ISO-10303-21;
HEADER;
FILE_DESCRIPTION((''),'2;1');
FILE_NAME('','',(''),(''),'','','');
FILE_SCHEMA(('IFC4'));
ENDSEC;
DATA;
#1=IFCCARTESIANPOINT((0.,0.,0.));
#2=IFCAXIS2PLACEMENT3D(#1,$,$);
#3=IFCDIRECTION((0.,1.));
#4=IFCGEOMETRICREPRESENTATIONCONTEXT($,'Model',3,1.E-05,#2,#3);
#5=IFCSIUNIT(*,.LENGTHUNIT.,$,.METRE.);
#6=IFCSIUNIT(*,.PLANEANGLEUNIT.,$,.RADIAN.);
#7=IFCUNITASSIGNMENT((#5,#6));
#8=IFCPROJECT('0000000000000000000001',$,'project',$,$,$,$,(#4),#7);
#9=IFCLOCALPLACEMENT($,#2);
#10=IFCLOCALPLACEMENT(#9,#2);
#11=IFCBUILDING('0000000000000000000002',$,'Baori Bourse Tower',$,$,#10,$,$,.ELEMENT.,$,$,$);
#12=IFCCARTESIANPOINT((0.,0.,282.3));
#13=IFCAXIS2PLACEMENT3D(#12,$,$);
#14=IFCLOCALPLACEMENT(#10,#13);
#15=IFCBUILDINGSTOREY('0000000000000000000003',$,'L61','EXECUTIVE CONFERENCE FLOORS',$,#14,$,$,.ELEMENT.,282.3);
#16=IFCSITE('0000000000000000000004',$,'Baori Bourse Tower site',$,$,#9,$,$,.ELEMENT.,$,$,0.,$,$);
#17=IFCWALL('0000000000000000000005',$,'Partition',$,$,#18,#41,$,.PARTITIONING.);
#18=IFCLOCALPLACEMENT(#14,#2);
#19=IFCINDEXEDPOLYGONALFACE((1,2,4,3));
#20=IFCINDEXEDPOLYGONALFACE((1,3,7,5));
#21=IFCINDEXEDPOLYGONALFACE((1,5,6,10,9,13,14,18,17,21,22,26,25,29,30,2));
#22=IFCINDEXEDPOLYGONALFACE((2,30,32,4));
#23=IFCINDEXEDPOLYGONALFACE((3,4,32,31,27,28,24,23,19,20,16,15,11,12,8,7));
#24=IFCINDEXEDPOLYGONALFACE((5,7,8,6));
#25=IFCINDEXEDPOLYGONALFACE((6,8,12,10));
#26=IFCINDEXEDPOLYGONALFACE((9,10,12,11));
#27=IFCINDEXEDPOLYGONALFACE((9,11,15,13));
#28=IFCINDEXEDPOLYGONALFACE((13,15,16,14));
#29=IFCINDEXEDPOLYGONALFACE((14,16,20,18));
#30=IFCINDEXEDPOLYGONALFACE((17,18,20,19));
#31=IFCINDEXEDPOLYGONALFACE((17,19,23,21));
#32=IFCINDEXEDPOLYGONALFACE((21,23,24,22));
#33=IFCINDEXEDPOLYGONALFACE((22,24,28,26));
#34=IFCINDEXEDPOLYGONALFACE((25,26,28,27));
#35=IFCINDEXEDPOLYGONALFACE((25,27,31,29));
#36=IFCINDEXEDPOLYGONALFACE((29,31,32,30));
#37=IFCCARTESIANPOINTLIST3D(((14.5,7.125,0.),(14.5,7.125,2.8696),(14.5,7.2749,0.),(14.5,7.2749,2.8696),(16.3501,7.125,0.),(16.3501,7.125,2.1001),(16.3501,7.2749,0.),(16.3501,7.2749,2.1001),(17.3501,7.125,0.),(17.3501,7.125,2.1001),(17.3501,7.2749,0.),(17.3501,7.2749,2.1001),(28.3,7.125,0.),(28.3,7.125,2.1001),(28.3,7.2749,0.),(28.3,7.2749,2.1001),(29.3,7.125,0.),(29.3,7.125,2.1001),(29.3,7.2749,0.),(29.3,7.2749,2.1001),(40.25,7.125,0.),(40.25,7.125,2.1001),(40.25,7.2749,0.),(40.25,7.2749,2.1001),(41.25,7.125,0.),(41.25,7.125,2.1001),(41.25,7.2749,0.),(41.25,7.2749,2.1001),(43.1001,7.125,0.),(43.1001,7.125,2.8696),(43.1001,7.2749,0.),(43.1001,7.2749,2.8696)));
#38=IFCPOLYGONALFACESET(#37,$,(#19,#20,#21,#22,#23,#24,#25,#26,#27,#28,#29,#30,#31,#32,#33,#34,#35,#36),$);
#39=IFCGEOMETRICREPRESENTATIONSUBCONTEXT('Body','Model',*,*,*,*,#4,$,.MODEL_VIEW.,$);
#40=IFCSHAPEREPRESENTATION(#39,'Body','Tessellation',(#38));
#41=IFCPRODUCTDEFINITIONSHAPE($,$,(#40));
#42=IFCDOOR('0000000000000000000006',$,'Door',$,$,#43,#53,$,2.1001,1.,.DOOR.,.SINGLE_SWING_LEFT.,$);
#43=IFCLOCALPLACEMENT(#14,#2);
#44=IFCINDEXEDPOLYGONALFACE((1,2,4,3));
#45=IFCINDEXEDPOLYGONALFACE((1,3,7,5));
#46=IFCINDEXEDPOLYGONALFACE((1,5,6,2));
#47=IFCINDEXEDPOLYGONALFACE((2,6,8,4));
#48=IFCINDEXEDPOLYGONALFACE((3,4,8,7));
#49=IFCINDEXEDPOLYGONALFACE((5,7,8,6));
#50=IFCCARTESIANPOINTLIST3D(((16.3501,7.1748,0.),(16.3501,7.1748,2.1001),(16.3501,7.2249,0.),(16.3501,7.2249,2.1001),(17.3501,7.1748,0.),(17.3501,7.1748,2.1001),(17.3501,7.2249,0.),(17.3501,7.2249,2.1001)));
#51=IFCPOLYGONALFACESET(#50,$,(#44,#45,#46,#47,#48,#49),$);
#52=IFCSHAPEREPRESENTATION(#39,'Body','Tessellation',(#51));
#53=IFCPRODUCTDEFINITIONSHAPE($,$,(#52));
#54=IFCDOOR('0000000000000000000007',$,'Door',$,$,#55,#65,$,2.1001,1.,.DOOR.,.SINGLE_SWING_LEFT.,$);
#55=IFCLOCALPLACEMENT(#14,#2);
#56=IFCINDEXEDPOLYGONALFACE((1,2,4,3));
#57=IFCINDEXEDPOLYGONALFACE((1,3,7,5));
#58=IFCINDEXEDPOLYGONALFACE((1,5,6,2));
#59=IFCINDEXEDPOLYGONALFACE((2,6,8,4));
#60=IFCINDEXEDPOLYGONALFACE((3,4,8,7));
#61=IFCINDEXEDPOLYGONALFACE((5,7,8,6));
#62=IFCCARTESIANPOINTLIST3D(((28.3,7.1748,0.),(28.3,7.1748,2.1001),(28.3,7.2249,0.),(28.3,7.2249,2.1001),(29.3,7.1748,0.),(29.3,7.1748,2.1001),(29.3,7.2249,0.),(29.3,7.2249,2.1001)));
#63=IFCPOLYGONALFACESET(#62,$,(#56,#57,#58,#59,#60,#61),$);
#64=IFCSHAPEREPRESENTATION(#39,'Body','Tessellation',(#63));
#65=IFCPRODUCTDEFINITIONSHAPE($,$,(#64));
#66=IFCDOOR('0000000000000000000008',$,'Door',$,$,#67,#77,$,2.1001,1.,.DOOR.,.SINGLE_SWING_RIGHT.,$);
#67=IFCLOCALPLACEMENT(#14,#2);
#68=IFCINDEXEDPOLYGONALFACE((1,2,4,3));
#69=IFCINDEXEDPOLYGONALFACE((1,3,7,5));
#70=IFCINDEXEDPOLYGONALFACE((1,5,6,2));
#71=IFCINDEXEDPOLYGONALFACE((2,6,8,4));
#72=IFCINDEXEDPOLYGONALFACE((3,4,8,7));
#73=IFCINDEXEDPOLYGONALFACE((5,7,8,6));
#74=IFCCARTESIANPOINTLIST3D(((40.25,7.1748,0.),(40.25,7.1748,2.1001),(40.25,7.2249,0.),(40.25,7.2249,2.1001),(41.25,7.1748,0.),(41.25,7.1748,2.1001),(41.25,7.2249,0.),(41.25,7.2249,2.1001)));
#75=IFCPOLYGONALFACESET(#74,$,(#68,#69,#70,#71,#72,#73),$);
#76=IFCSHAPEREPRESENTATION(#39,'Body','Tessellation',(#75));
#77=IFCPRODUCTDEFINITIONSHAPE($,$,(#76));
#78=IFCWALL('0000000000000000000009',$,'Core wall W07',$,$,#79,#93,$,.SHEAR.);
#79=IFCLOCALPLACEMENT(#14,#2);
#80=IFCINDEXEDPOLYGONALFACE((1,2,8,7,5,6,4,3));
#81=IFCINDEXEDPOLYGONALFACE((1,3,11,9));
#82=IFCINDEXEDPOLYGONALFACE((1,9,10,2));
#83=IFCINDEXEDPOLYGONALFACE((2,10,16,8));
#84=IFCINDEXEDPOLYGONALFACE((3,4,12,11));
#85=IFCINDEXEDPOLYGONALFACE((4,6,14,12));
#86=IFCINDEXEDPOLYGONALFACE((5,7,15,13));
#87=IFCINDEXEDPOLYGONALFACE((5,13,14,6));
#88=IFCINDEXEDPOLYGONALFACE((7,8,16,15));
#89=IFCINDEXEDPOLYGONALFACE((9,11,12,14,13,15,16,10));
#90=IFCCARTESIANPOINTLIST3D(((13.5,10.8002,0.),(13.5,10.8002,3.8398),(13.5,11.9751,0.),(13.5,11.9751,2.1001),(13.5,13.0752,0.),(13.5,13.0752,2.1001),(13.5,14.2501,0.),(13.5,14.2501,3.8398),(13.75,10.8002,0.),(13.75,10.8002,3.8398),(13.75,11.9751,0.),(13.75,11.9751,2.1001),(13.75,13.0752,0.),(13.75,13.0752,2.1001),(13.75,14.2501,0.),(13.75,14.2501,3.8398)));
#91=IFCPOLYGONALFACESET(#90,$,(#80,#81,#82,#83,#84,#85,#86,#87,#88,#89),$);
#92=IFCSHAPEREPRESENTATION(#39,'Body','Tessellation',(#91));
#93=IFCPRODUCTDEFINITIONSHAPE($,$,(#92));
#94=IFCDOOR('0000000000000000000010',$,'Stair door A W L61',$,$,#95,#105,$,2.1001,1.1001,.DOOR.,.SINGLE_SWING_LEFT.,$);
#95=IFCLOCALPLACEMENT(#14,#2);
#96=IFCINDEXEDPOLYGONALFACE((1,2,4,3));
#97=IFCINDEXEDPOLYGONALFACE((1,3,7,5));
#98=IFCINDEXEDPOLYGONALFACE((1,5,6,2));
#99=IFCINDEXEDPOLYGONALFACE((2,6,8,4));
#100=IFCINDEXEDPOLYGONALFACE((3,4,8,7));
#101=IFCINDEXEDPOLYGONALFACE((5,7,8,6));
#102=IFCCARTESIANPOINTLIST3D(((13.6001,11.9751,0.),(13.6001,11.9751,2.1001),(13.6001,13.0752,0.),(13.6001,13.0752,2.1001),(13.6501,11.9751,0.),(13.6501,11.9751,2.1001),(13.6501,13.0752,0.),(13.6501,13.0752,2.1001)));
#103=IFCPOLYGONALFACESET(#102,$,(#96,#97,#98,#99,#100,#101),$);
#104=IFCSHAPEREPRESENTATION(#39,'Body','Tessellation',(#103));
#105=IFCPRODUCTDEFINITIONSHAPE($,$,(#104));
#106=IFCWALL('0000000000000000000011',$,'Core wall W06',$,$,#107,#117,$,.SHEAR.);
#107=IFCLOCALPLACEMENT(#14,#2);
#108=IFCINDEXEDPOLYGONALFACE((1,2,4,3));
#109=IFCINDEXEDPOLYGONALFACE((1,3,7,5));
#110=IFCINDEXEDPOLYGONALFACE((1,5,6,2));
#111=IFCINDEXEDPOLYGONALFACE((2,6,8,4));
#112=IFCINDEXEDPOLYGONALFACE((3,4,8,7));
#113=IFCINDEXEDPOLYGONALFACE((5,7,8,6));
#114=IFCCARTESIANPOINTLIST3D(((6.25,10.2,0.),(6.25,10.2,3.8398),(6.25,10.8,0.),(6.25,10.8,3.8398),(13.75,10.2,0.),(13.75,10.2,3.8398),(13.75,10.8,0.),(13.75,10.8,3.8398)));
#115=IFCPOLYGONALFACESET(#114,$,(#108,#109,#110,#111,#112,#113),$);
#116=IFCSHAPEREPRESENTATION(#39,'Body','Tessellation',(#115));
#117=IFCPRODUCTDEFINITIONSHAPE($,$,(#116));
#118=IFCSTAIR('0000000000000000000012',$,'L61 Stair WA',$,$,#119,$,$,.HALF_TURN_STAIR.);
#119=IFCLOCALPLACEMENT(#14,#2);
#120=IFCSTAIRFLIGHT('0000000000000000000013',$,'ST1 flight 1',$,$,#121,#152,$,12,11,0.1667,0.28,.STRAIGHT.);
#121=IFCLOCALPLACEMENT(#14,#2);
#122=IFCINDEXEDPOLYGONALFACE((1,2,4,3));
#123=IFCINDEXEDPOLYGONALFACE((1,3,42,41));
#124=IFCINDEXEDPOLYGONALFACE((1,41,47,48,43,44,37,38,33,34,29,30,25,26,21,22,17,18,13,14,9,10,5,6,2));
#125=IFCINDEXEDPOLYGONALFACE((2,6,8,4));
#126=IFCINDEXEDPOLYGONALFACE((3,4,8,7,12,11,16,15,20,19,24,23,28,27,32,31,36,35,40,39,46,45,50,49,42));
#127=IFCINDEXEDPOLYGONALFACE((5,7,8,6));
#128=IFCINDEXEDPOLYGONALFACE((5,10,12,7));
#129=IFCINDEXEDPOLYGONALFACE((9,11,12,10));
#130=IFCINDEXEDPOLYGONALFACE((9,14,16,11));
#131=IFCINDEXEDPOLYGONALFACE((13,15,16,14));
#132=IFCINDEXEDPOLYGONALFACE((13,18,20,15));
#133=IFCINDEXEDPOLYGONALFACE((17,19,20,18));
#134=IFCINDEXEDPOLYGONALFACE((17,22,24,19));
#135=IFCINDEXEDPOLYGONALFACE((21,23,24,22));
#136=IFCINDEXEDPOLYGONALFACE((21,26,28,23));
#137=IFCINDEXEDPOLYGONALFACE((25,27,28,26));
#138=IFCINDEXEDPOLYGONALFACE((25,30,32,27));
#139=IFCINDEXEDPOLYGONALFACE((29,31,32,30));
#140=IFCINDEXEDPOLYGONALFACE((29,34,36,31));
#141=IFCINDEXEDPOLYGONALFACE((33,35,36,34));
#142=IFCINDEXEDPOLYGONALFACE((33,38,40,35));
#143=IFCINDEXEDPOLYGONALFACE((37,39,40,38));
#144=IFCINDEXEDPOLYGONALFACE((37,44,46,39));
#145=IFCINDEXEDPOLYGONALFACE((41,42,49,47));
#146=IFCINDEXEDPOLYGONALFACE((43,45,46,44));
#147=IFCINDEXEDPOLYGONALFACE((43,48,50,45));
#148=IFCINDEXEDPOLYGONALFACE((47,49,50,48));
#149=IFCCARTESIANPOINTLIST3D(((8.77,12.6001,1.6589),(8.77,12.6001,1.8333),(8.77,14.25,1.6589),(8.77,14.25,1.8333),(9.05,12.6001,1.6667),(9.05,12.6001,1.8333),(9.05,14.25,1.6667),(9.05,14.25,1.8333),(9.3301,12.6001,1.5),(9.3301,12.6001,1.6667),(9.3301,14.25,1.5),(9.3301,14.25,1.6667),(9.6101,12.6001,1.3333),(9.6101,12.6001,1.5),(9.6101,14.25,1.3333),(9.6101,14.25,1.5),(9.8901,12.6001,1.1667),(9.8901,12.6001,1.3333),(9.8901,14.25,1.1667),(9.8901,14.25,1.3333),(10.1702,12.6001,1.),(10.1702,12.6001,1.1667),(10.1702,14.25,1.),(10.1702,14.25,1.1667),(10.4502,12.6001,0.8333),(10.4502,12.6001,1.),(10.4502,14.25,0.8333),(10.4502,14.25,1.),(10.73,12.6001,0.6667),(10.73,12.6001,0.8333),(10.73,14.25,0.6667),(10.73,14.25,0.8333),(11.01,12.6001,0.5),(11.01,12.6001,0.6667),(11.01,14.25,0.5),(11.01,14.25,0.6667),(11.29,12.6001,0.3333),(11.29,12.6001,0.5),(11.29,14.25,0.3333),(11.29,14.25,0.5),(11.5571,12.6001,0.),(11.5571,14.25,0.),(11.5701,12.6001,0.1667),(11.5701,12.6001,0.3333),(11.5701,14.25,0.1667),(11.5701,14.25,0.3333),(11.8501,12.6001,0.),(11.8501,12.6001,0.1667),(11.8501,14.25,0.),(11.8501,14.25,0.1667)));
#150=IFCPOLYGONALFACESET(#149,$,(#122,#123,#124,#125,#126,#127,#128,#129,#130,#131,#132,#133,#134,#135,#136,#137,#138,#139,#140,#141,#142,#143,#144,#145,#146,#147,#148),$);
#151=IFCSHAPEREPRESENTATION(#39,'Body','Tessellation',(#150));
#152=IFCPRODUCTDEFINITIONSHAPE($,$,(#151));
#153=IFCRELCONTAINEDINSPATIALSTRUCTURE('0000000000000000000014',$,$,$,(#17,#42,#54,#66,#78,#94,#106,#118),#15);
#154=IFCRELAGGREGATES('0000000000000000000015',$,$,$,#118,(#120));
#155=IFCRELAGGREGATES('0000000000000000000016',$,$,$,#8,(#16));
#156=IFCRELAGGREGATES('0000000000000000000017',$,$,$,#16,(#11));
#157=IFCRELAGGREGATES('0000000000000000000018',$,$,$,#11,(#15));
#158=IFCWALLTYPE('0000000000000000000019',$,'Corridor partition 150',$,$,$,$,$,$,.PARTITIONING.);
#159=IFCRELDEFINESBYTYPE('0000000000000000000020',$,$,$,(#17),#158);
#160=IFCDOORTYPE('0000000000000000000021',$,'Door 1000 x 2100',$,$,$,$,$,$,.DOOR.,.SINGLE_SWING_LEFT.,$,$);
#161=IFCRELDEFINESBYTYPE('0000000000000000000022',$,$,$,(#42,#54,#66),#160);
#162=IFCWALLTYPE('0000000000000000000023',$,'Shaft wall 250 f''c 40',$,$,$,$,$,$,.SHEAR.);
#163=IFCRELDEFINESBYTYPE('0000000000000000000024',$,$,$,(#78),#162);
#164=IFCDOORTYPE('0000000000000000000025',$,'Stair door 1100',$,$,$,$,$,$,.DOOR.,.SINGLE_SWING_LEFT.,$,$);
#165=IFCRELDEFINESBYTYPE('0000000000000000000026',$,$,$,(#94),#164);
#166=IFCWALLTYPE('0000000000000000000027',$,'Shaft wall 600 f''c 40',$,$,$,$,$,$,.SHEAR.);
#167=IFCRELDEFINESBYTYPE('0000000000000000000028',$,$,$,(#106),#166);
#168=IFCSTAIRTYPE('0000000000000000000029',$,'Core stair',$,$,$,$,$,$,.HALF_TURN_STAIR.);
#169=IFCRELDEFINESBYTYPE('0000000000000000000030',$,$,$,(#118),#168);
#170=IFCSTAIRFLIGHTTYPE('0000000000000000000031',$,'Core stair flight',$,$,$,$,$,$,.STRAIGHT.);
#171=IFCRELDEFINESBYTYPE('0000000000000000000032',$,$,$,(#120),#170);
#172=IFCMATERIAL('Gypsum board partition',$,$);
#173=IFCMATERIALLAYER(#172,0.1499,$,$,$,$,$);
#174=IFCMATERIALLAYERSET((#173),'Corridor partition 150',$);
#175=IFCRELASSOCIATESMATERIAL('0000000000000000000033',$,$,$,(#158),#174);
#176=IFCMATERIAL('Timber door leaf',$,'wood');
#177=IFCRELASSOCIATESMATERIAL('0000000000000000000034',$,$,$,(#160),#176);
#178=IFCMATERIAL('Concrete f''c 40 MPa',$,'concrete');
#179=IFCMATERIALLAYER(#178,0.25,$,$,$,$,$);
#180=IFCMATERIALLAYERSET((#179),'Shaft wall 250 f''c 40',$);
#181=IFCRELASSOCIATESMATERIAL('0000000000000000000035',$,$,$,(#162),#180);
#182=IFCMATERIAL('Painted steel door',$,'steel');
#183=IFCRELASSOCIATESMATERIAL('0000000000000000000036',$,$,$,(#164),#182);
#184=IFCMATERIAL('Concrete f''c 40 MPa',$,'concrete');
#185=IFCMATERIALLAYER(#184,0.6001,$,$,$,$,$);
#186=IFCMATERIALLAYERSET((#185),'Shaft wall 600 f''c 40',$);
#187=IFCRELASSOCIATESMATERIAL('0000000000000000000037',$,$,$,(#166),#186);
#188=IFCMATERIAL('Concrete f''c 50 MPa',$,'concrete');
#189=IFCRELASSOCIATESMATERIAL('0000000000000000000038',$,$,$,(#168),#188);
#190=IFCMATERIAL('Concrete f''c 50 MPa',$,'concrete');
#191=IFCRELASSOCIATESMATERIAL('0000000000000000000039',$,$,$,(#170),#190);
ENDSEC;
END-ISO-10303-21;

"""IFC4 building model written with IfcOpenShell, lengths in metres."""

from ifc_helpers import new_model, si_unit, direction, frame, frame_2d, origin, place, context, subcontext, project, spatial, polyline, rectangle, outline, extrude, material, layer, layer_set, type_object, element, fill, aggregate, save


model = new_model("IFC4")

# Units and contexts
model_context = context("Model", 3, precision=1e-05, world=origin(), true_north=direction((0.0, 1.0)))
body_context = subcontext(model_context, "Body", "Model", "MODEL_VIEW")
ifc_project = project(units=[si_unit("LENGTHUNIT", "METRE"), si_unit("PLANEANGLEUNIT", "RADIAN")], contexts=[model_context])

# Site, building, storey
site_placement = place(None, origin())
site = spatial("IfcSite", under=ifc_project, at=site_placement, Name="Baori Bourse Tower site", CompositionType="ELEMENT", RefElevation=0.0)
building_placement = place(site_placement, origin())
building = spatial("IfcBuilding", under=site, at=building_placement, Name="Baori Bourse Tower", CompositionType="ELEMENT")
storey_placement = place(building_placement, frame((0.0, 0.0, 282.3)))
storey = spatial("IfcBuildingStorey", under=building, at=storey_placement, Name="L61", Description="EXECUTIVE CONFERENCE FLOORS", CompositionType="ELEMENT", Elevation=282.3)

# Wall, openings, doors
ifc_material_1 = material(Name="Gypsum board partition")
ifc_layer_1 = layer(ifc_material_1, 0.1499)
ifc_layer_set_1 = layer_set([ifc_layer_1], Name="Corridor partition 150")
wall_type_1 = type_object("IfcWallType", Name="Corridor partition 150", PredefinedType="PARTITIONING", material=ifc_layer_set_1)
wall_1_placement = place(storey_placement, frame((14.5, 7.2, 0.0), z_axis=(0.0, 0.0, 1.0), x_axis=(1.0, 0.0, 0.0)))
wall_1 = element("IfcWall", 1, at=wall_1_placement, inside=storey, type_object=wall_type_1, Name="Partition", PredefinedType="PARTITIONING", context=body_context, shape_type="SweptSolid", body=[
    extrude(rectangle(XDim=28.6001, YDim=0.1499, at=frame_2d((14.3, 0.0))), origin(), (0.0, 0.0, 1.0), 2.8696),
])
opening_1_placement = place(wall_1_placement, frame((1.8501, 0.0, 0.0)))
opening_1 = element("IfcOpeningElement", 2, at=opening_1_placement, cuts=wall_1, PredefinedType="OPENING", context=body_context, shape_type="SweptSolid", body=[
    extrude(rectangle(XDim=1.0, YDim=2.1001, at=frame_2d((0.5, 1.05))), frame((0.0, 0.085, 0.0), z_axis=(0.0, -1.0, 0.0), x_axis=(1.0, 0.0, 0.0)), (0.0, 0.0, 1.0), 0.1699),
])
opening_2_placement = place(wall_1_placement, frame((13.8, 0.0, 0.0)))
opening_2 = element("IfcOpeningElement", 3, at=opening_2_placement, cuts=wall_1, PredefinedType="OPENING", context=body_context, shape_type="SweptSolid", body=[
    extrude(rectangle(XDim=1.0, YDim=2.1001, at=frame_2d((0.5, 1.05))), frame((0.0, 0.085, 0.0), z_axis=(0.0, -1.0, 0.0), x_axis=(1.0, 0.0, 0.0)), (0.0, 0.0, 1.0), 0.1699),
])
opening_3_placement = place(wall_1_placement, frame((25.75, 0.0, 0.0)))
opening_3 = element("IfcOpeningElement", 4, at=opening_3_placement, cuts=wall_1, PredefinedType="OPENING", context=body_context, shape_type="SweptSolid", body=[
    extrude(rectangle(XDim=1.0, YDim=2.1001, at=frame_2d((0.5, 1.05))), frame((0.0, 0.085, 0.0), z_axis=(0.0, -1.0, 0.0), x_axis=(1.0, 0.0, 0.0)), (0.0, 0.0, 1.0), 0.1699),
])
ifc_material_2 = material(Name="Timber door leaf", Category="wood")
door_type_1 = type_object("IfcDoorType", Name="Door 1000 x 2100", OperationType="SINGLE_SWING_LEFT", PredefinedType="DOOR", material=ifc_material_2)
door_1_placement = place(opening_1_placement, origin())
door_1 = element("IfcDoor", 5, at=door_1_placement, inside=storey, type_object=door_type_1, Name="Door", OperationType="SINGLE_SWING_LEFT", OverallHeight=2.1001, OverallWidth=1.0, PredefinedType="DOOR", context=body_context, shape_type="SweptSolid", body=[
    extrude(rectangle(XDim=1.0, YDim=2.1001, at=frame_2d((0.5, 1.05))), frame((0.0, 0.0249, 0.0), z_axis=(0.0, -1.0, 0.0), x_axis=(1.0, 0.0, 0.0)), (0.0, 0.0, 1.0), 0.05),
])
fill(opening_1, door_1)
door_2_placement = place(opening_2_placement, origin())
door_2 = element("IfcDoor", 6, at=door_2_placement, inside=storey, type_object=door_type_1, Name="Door", OperationType="SINGLE_SWING_LEFT", OverallHeight=2.1001, OverallWidth=1.0, PredefinedType="DOOR", context=body_context, shape_type="SweptSolid", body=[
    extrude(rectangle(XDim=1.0, YDim=2.1001, at=frame_2d((0.5, 1.05))), frame((0.0, 0.0249, 0.0), z_axis=(0.0, -1.0, 0.0), x_axis=(1.0, 0.0, 0.0)), (0.0, 0.0, 1.0), 0.05),
])
fill(opening_2, door_2)
door_3_placement = place(opening_3_placement, origin())
door_3 = element("IfcDoor", 7, at=door_3_placement, inside=storey, type_object=door_type_1, Name="Door", OperationType="SINGLE_SWING_RIGHT", OverallHeight=2.1001, OverallWidth=1.0, PredefinedType="DOOR", context=body_context, shape_type="SweptSolid", body=[
    extrude(rectangle(XDim=1.0, YDim=2.1001, at=frame_2d((0.5, 1.05))), frame((0.0, 0.0249, 0.0), z_axis=(0.0, -1.0, 0.0), x_axis=(1.0, 0.0, 0.0)), (0.0, 0.0, 1.0), 0.05),
])
fill(opening_3, door_3)

# Wall, opening, door
ifc_material_3 = material(Name="Concrete f'c 40 MPa", Category="concrete")
ifc_layer_2 = layer(ifc_material_3, 0.25)
ifc_layer_set_2 = layer_set([ifc_layer_2], Name="Shaft wall 250 f'c 40")
wall_type_2 = type_object("IfcWallType", Name="Shaft wall 250 f'c 40", PredefinedType="SHEAR", material=ifc_layer_set_2)
wall_2_placement = place(storey_placement, frame((13.625, 10.8, 0.0), z_axis=(0.0, 0.0, 1.0), x_axis=(0.0, 1.0, 0.0)))
wall_2 = element("IfcWall", 8, at=wall_2_placement, inside=storey, type_object=wall_type_2, Name="Core wall W07", PredefinedType="SHEAR", context=body_context, shape_type="SweptSolid", body=[
    extrude(rectangle(XDim=3.45, YDim=0.25, at=frame_2d((1.7251, 0.0))), origin(), (0.0, 0.0, 1.0), 3.8398),
])
opening_4_placement = place(wall_2_placement, frame((1.175, 0.0, 0.0)))
opening_4 = element("IfcOpeningElement", 9, at=opening_4_placement, cuts=wall_2, PredefinedType="OPENING", context=body_context, shape_type="SweptSolid", body=[
    extrude(rectangle(XDim=1.1001, YDim=2.1001, at=frame_2d((0.55, 1.05))), frame((0.0, 0.135, 0.0), z_axis=(0.0, -1.0, 0.0), x_axis=(1.0, 0.0, 0.0)), (0.0, 0.0, 1.0), 0.27),
])
ifc_material_4 = material(Name="Painted steel door", Category="steel")
door_type_2 = type_object("IfcDoorType", Name="Stair door 1100", OperationType="SINGLE_SWING_LEFT", PredefinedType="DOOR", material=ifc_material_4)
door_4_placement = place(opening_4_placement, origin())
door_4 = element("IfcDoor", 10, at=door_4_placement, inside=storey, type_object=door_type_2, Name="Stair door A W L61", OperationType="SINGLE_SWING_LEFT", OverallHeight=2.1001, OverallWidth=1.1001, PredefinedType="DOOR", context=body_context, shape_type="SweptSolid", body=[
    extrude(rectangle(XDim=1.1001, YDim=2.1001, at=frame_2d((0.55, 1.05))), frame((0.0, 0.0249, 0.0), z_axis=(0.0, -1.0, 0.0), x_axis=(1.0, 0.0, 0.0)), (0.0, 0.0, 1.0), 0.05),
])
fill(opening_4, door_4)

# Wall
ifc_material_5 = material(Name="Concrete f'c 40 MPa", Category="concrete")
ifc_layer_3 = layer(ifc_material_5, 0.6001)
ifc_layer_set_3 = layer_set([ifc_layer_3], Name="Shaft wall 600 f'c 40")
wall_type_3 = type_object("IfcWallType", Name="Shaft wall 600 f'c 40", PredefinedType="SHEAR", material=ifc_layer_set_3)
wall_3_placement = place(storey_placement, frame((6.25, 10.5, 0.0), z_axis=(0.0, 0.0, 1.0), x_axis=(1.0, 0.0, 0.0)))
element("IfcWall", 11, at=wall_3_placement, inside=storey, type_object=wall_type_3, Name="Core wall W06", PredefinedType="SHEAR", context=body_context, shape_type="SweptSolid", body=[
    extrude(rectangle(XDim=7.5, YDim=0.6001, at=frame_2d((3.75, 0.0))), origin(), (0.0, 0.0, 1.0), 3.8398),
])

# Stair, stair flight
ifc_material_6 = material(Name="Concrete f'c 50 MPa", Category="concrete")
stair_type = type_object("IfcStairType", Name="Core stair", PredefinedType="HALF_TURN_STAIR", material=ifc_material_6)
stair_placement = place(storey_placement, origin())
stair = element("IfcStair", 12, at=stair_placement, inside=storey, type_object=stair_type, Name="L61 Stair WA", PredefinedType="HALF_TURN_STAIR")
ifc_material_7 = material(Name="Concrete f'c 50 MPa", Category="concrete")
stair_flight_type = type_object("IfcStairFlightType", Name="Core stair flight", PredefinedType="STRAIGHT", material=ifc_material_7)
stair_flight_1_placement = place(storey_placement, frame((11.8501, 13.425, 0.0), z_axis=(0.0, 0.0, 1.0), x_axis=(-1.0, 0.0, 0.0)))
stair_flight_1 = element("IfcStairFlight", 13, at=stair_flight_1_placement, type_object=stair_flight_type, Name="ST1 flight 1", NumberOfRisers=12, NumberOfTreads=11, PredefinedType="STRAIGHT", RiserHeight=0.1667, TreadLength=0.28, context=body_context, shape_type="SweptSolid", body=[
    extrude(outline(polyline([(0.0, 0.0), (0.0, 0.1667), (0.28, 0.1667), (0.28, 0.3333), (0.5601, 0.3333), (0.5601, 0.5), (0.8401, 0.5), (0.8401, 0.6667), (1.1201, 0.6667), (1.1201, 0.8333), (1.3999, 0.8333), (1.3999, 1.0), (1.6799, 1.0), (1.6799, 1.1667), (1.96, 1.1667), (1.96, 1.3333), (2.24, 1.3333), (2.24, 1.5), (2.52, 1.5), (2.52, 1.6667), (2.8, 1.6667), (2.8, 1.8333), (3.0801, 1.8333), (3.0801, 2.0), (3.0801, 1.6589), (0.293, 0.0), (0.0, 0.0)])), frame((0.0, 0.825, 0.0), z_axis=(0.0, -1.0, 0.0), x_axis=(1.0, 0.0, 0.0)), (0.0, 0.0, 1.0), 1.6499),
])
aggregate(stair, [stair_flight_1])

save(model, "model.ifc")
